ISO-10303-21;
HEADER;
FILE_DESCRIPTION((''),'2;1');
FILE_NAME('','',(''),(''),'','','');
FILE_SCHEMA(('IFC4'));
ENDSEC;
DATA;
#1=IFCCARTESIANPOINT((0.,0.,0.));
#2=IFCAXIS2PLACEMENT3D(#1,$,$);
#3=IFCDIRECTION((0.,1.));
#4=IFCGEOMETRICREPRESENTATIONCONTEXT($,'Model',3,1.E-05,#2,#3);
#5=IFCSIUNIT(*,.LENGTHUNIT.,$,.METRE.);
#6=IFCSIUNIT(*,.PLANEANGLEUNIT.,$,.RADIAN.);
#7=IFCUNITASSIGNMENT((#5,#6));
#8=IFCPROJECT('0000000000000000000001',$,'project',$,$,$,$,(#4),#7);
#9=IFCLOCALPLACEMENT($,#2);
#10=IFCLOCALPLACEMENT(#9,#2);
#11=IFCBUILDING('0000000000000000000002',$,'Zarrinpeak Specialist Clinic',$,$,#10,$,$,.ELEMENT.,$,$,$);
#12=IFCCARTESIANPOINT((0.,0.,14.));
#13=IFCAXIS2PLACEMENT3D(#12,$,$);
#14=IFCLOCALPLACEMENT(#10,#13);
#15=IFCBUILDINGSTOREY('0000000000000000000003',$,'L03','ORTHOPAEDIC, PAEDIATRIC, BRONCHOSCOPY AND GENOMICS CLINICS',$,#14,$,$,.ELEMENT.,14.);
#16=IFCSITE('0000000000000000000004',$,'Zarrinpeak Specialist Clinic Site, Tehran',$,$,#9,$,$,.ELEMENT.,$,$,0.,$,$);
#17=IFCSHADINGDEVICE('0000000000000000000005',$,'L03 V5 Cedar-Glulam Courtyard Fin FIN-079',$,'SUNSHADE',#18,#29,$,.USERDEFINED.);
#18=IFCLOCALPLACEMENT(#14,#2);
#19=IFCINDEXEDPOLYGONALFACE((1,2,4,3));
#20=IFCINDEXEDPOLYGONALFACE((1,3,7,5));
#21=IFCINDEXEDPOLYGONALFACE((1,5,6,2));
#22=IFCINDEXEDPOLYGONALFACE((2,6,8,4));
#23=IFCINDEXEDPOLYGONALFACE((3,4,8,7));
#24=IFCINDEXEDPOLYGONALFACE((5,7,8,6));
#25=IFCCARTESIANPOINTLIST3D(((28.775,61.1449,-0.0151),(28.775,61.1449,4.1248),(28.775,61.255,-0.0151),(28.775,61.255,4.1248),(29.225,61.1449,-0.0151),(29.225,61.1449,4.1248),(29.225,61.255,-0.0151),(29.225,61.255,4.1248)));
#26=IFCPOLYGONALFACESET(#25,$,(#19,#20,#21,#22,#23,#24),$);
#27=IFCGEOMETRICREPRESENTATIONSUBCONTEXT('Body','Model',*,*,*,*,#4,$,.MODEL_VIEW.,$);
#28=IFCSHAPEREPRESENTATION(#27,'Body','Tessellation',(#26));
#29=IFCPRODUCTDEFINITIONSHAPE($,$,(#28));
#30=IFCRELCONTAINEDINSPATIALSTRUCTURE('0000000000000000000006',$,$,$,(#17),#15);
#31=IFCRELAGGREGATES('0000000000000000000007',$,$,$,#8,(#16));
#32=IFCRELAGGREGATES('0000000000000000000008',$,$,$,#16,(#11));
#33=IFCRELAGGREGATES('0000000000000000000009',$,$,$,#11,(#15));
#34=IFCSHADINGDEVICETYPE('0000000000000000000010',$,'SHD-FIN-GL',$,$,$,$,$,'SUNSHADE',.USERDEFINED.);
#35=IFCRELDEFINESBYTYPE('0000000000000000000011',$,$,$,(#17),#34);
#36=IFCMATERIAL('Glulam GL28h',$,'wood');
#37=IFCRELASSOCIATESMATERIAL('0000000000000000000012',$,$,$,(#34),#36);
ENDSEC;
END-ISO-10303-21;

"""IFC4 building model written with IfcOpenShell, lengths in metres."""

from ifc_helpers import new_model, si_unit, direction, frame, origin, origin_2d, place, context, subcontext, project, spatial, rectangle, extrude, material, type_object, element, save


model = new_model("IFC4")

# Units and contexts
model_context = context("Model", 3, precision=1e-05, world=origin(), true_north=direction((0.0, 1.0)))
body_context = subcontext(model_context, "Body", "Model", "MODEL_VIEW")
ifc_project = project(units=[si_unit("LENGTHUNIT", "METRE"), si_unit("PLANEANGLEUNIT", "RADIAN")], contexts=[model_context])

# Site, building, storey
site_placement = place(None, origin())
site = spatial("IfcSite", under=ifc_project, at=site_placement, Name="Zarrinpeak Specialist Clinic Site, Tehran", CompositionType="ELEMENT", RefElevation=0.0)
building_placement = place(site_placement, origin())
building = spatial("IfcBuilding", under=site, at=building_placement, Name="Zarrinpeak Specialist Clinic", CompositionType="ELEMENT")
storey_placement = place(building_placement, frame((0.0, 0.0, 14.0)))
storey = spatial("IfcBuildingStorey", under=building, at=storey_placement, Name="L03", Description="ORTHOPAEDIC, PAEDIATRIC, BRONCHOSCOPY AND GENOMICS CLINICS", CompositionType="ELEMENT", Elevation=14.0)

# Shading device
ifc_material_1 = material(Name="Glulam GL28h", Category="wood")
shading_device_type = type_object("IfcShadingDeviceType", Name="SHD-FIN-GL", ElementType="SUNSHADE", PredefinedType="USERDEFINED", material=ifc_material_1)
shading_device_placement = place(storey_placement, frame((29.0, 61.2, -0.0151), z_axis=(0.0, 0.0, 1.0), x_axis=(1.0, 0.0, 0.0)))
element("IfcShadingDevice", 1, at=shading_device_placement, inside=storey, type_object=shading_device_type, Name="L03 V5 Cedar-Glulam Courtyard Fin FIN-079", ObjectType="SUNSHADE", PredefinedType="USERDEFINED", context=body_context, shape_type="SweptSolid", body=[
    extrude(rectangle(XDim=0.45, YDim=0.1101, at=origin_2d()), origin(), (0.0, 0.0, 1.0), 4.1399),
])

save(model, "model.ifc")
